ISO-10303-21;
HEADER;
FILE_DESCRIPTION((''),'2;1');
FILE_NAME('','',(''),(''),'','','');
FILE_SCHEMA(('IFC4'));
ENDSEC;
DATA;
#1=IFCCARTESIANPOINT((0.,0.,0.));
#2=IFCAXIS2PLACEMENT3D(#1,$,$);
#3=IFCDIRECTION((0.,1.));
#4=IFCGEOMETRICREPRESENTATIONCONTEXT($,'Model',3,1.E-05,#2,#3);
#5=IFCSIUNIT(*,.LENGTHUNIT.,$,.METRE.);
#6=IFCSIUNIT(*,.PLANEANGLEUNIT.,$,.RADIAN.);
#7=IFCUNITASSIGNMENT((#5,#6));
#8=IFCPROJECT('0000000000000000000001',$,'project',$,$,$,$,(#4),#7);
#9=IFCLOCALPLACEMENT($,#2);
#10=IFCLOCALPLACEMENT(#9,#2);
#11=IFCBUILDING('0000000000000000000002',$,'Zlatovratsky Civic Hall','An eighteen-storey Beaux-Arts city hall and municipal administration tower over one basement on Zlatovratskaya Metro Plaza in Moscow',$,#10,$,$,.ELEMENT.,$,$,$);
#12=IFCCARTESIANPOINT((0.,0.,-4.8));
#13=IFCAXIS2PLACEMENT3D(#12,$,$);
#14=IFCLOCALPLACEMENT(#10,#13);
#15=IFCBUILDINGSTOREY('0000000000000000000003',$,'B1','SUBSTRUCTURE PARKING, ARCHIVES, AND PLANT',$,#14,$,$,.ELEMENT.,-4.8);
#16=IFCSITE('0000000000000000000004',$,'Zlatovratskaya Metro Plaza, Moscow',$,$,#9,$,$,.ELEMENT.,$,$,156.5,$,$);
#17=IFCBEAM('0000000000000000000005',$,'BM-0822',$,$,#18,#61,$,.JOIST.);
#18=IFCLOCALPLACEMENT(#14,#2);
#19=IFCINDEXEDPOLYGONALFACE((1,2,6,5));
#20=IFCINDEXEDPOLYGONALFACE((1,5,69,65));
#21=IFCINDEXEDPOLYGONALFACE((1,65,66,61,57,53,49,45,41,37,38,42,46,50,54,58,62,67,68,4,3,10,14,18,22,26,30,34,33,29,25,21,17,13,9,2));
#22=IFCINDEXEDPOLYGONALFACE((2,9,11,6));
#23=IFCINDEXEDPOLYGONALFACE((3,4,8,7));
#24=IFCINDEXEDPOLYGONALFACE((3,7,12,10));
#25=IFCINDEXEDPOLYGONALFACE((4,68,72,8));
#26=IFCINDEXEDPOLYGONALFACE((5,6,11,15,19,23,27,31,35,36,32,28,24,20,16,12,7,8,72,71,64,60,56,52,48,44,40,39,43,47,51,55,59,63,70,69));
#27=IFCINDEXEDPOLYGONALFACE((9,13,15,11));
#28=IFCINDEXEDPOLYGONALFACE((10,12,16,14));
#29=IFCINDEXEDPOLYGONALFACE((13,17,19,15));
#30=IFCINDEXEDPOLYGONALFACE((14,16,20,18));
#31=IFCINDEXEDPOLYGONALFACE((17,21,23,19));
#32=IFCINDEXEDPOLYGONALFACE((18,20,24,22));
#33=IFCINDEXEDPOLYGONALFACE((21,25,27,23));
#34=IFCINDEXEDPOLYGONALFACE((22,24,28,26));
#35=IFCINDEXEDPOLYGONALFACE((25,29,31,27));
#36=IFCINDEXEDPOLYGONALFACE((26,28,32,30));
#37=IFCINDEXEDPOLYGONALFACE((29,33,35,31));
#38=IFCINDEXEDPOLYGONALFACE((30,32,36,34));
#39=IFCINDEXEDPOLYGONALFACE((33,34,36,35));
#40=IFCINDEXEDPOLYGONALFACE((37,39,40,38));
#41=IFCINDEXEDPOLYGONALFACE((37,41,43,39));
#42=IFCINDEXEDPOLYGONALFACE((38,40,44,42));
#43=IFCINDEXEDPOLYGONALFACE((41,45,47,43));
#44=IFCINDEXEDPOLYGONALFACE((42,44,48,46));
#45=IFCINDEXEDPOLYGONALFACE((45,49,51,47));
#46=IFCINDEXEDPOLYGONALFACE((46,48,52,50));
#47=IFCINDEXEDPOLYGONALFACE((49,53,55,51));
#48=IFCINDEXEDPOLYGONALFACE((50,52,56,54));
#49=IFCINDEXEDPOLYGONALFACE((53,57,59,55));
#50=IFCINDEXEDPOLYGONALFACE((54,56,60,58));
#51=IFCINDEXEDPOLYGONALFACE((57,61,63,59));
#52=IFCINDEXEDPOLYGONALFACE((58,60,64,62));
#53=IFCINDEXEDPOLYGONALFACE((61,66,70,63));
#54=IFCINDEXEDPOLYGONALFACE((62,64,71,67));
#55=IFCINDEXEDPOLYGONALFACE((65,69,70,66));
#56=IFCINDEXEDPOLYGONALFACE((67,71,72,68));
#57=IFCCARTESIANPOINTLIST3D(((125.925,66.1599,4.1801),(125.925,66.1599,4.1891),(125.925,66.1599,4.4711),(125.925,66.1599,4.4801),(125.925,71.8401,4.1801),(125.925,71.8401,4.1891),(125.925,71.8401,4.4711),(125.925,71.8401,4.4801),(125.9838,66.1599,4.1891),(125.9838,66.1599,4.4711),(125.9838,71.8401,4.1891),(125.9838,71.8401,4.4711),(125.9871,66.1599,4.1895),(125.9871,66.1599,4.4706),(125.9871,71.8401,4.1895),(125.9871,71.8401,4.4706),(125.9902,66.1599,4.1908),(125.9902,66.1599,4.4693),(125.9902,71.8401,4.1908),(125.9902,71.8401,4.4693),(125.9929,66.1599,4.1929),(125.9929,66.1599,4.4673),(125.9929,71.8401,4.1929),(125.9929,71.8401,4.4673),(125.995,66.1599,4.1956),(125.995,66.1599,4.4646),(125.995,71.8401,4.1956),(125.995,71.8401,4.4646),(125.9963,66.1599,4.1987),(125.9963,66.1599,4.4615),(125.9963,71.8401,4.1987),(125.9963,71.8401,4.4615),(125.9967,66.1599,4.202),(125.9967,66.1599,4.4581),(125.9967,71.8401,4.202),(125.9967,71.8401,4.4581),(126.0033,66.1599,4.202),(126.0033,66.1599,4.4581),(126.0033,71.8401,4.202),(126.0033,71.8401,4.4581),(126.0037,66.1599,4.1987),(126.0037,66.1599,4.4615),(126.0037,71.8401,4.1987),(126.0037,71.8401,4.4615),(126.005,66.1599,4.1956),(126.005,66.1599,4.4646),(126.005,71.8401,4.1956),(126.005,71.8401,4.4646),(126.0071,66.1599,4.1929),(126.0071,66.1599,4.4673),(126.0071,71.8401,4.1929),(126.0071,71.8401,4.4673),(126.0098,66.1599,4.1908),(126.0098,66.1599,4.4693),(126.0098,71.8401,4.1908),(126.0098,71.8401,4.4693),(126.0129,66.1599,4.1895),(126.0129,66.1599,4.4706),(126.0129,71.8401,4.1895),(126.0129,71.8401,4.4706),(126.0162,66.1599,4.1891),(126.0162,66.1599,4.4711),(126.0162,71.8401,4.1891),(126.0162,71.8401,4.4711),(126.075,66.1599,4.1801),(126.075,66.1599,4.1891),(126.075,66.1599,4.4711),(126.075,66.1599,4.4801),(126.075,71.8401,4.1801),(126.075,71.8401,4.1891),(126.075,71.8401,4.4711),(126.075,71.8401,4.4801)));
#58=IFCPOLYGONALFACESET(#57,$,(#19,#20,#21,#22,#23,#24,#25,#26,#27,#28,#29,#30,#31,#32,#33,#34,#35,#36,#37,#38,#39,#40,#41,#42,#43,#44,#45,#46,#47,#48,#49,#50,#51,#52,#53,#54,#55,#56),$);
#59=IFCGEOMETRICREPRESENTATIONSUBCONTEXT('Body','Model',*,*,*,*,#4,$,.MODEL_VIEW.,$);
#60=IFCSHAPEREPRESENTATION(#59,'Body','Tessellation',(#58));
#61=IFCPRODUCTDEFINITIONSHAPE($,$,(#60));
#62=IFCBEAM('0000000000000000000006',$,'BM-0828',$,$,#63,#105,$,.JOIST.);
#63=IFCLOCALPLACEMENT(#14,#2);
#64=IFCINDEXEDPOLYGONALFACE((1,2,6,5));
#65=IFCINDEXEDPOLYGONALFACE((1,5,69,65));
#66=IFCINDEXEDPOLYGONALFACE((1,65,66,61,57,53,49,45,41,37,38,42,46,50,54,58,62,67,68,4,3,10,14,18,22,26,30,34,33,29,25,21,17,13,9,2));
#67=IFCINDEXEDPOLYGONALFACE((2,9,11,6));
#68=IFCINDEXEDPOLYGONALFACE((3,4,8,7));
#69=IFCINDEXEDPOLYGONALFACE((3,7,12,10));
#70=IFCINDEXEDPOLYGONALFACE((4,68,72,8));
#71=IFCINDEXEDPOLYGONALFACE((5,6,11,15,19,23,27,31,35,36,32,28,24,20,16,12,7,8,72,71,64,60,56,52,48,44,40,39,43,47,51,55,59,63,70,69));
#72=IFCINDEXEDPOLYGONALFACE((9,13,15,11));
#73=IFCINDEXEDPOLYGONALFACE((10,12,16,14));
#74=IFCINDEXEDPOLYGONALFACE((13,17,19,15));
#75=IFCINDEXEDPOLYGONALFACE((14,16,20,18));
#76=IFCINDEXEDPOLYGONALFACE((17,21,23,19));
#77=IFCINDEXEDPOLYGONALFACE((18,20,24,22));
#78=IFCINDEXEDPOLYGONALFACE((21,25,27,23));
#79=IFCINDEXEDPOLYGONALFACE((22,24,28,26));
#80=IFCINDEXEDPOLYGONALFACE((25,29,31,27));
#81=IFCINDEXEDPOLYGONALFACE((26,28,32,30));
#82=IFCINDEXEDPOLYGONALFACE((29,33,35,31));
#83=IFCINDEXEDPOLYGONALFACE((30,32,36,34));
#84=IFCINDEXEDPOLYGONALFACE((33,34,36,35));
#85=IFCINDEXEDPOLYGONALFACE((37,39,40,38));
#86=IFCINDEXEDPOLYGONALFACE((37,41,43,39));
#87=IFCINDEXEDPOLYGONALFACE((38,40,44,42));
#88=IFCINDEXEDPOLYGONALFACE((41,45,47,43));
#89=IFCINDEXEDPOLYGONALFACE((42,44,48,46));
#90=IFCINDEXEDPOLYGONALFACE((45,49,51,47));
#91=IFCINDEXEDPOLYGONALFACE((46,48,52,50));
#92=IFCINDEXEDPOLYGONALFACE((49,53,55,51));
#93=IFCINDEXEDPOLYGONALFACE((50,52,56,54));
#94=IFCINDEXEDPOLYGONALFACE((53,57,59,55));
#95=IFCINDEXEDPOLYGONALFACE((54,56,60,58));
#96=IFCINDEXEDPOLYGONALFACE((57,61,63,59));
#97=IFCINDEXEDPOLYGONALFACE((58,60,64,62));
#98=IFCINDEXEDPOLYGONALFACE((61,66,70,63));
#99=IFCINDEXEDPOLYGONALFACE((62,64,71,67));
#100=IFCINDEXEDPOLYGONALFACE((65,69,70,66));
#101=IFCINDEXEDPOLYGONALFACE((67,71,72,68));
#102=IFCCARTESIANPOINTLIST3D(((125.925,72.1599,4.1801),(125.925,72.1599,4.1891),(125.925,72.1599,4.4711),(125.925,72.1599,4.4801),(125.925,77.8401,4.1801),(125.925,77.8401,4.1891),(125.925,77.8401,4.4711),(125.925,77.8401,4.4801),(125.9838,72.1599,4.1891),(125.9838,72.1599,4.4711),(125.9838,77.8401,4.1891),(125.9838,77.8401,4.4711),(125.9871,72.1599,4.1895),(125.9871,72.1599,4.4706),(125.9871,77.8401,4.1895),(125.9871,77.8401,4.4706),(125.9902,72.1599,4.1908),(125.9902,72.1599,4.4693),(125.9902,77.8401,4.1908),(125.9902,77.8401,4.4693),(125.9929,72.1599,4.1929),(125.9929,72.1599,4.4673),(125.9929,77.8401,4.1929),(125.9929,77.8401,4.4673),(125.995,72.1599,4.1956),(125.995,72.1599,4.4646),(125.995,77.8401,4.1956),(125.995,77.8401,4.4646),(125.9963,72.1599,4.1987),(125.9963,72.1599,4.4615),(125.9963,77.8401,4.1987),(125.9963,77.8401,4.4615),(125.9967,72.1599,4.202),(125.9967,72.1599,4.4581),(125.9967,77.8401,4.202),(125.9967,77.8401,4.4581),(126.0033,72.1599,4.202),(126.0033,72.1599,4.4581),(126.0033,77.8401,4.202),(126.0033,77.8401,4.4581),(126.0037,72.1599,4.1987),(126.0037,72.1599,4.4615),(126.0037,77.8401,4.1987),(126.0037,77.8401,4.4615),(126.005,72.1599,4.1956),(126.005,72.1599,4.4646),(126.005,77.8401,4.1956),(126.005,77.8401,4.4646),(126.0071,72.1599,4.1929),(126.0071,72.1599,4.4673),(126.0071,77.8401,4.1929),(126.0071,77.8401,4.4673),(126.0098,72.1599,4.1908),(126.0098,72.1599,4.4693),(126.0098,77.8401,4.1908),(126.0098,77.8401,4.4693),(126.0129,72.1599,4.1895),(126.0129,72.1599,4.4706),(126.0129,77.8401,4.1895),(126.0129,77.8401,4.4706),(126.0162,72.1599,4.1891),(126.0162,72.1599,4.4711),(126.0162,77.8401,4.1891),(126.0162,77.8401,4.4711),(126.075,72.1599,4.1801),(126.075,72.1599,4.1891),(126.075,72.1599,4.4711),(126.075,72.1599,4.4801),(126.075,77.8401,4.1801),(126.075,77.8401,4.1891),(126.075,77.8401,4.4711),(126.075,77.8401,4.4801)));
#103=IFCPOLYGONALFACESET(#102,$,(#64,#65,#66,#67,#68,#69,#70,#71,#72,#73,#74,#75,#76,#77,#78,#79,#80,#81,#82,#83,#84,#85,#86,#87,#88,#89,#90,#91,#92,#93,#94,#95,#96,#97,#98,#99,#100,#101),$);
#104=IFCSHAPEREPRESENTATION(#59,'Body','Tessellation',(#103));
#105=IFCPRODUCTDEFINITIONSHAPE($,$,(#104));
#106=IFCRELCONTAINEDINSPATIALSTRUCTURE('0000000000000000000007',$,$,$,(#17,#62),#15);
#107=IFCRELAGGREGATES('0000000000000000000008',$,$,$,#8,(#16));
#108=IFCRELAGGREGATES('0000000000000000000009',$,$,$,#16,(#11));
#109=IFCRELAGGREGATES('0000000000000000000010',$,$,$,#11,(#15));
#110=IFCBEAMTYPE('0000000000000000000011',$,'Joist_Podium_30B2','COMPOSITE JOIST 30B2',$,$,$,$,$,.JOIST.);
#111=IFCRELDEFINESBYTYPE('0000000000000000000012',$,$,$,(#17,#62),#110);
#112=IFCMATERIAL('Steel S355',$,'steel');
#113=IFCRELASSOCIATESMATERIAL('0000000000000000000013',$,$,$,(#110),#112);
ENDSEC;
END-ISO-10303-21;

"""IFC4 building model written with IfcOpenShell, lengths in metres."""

from ifc_helpers import new_model, si_unit, direction, frame, origin, origin_2d, place, context, subcontext, project, spatial, i_section, extrude, material, material_profile, profile_set, type_object, element, save


model = new_model("IFC4")

# Units and contexts
model_context = context("Model", 3, precision=1e-05, world=origin(), true_north=direction((0.0, 1.0)))
body_context = subcontext(model_context, "Body", "Model", "MODEL_VIEW")
ifc_project = project(units=[si_unit("LENGTHUNIT", "METRE"), si_unit("PLANEANGLEUNIT", "RADIAN")], contexts=[model_context])

# Site, building, storey
site_placement = place(None, origin())
site = spatial("IfcSite", under=ifc_project, at=site_placement, Name="Zlatovratskaya Metro Plaza, Moscow", CompositionType="ELEMENT", RefElevation=156.5)
building_placement = place(site_placement, origin())
building = spatial("IfcBuilding", under=site, at=building_placement, Name="Zlatovratsky Civic Hall", Description="An eighteen-storey Beaux-Arts city hall and municipal administration tower over one basement on Zlatovratskaya Metro Plaza in Moscow", CompositionType="ELEMENT")
storey_placement = place(building_placement, frame((0.0, 0.0, -4.8)))
storey = spatial("IfcBuildingStorey", under=building, at=storey_placement, Name="B1", Description="SUBSTRUCTURE PARKING, ARCHIVES, AND PLANT", CompositionType="ELEMENT", Elevation=-4.8)

# Shared definitions
ifc_material_1 = material(Name="Steel S355", Category="steel")

# Beams
ifc_material_profile_1 = material_profile(ifc_material_1, i_section(OverallWidth=0.1499, OverallDepth=0.3, WebThickness=0.0066, FlangeThickness=0.009, FilletRadius=0.0129, at=origin_2d()), Name="30B2")
ifc_profile_set_1 = profile_set([ifc_material_profile_1], Name="Steel S355")
beam_type_1 = type_object("IfcBeamType", Name="Joist_Podium_30B2", Description="COMPOSITE JOIST 30B2", PredefinedType="JOIST", material=ifc_profile_set_1)
for number, where, z_axis, x_axis, name in (
    (1, (126.0, 66.1599, 4.3301), (0.0, 1.0, 0.0), (-1.0, 0.0, 0.0), "BM-0822"),
    (2, (126.0, 72.1599, 4.3301), (0.0, 1.0, 0.0), (-1.0, 0.0, 0.0), "BM-0828"),
):
    element("IfcBeam", number, at=place(storey_placement, frame(where, z_axis=z_axis, x_axis=x_axis)), inside=storey, type_object=beam_type_1, Name=name, PredefinedType="JOIST", context=body_context, shape_type="SweptSolid", body=[
        extrude(i_section(OverallWidth=0.1499, OverallDepth=0.3, WebThickness=0.0066, FlangeThickness=0.009, FilletRadius=0.0129, at=origin_2d()), origin(), (0.0, 0.0, 1.0), 5.6802),
    ])

save(model, "model.ifc")
